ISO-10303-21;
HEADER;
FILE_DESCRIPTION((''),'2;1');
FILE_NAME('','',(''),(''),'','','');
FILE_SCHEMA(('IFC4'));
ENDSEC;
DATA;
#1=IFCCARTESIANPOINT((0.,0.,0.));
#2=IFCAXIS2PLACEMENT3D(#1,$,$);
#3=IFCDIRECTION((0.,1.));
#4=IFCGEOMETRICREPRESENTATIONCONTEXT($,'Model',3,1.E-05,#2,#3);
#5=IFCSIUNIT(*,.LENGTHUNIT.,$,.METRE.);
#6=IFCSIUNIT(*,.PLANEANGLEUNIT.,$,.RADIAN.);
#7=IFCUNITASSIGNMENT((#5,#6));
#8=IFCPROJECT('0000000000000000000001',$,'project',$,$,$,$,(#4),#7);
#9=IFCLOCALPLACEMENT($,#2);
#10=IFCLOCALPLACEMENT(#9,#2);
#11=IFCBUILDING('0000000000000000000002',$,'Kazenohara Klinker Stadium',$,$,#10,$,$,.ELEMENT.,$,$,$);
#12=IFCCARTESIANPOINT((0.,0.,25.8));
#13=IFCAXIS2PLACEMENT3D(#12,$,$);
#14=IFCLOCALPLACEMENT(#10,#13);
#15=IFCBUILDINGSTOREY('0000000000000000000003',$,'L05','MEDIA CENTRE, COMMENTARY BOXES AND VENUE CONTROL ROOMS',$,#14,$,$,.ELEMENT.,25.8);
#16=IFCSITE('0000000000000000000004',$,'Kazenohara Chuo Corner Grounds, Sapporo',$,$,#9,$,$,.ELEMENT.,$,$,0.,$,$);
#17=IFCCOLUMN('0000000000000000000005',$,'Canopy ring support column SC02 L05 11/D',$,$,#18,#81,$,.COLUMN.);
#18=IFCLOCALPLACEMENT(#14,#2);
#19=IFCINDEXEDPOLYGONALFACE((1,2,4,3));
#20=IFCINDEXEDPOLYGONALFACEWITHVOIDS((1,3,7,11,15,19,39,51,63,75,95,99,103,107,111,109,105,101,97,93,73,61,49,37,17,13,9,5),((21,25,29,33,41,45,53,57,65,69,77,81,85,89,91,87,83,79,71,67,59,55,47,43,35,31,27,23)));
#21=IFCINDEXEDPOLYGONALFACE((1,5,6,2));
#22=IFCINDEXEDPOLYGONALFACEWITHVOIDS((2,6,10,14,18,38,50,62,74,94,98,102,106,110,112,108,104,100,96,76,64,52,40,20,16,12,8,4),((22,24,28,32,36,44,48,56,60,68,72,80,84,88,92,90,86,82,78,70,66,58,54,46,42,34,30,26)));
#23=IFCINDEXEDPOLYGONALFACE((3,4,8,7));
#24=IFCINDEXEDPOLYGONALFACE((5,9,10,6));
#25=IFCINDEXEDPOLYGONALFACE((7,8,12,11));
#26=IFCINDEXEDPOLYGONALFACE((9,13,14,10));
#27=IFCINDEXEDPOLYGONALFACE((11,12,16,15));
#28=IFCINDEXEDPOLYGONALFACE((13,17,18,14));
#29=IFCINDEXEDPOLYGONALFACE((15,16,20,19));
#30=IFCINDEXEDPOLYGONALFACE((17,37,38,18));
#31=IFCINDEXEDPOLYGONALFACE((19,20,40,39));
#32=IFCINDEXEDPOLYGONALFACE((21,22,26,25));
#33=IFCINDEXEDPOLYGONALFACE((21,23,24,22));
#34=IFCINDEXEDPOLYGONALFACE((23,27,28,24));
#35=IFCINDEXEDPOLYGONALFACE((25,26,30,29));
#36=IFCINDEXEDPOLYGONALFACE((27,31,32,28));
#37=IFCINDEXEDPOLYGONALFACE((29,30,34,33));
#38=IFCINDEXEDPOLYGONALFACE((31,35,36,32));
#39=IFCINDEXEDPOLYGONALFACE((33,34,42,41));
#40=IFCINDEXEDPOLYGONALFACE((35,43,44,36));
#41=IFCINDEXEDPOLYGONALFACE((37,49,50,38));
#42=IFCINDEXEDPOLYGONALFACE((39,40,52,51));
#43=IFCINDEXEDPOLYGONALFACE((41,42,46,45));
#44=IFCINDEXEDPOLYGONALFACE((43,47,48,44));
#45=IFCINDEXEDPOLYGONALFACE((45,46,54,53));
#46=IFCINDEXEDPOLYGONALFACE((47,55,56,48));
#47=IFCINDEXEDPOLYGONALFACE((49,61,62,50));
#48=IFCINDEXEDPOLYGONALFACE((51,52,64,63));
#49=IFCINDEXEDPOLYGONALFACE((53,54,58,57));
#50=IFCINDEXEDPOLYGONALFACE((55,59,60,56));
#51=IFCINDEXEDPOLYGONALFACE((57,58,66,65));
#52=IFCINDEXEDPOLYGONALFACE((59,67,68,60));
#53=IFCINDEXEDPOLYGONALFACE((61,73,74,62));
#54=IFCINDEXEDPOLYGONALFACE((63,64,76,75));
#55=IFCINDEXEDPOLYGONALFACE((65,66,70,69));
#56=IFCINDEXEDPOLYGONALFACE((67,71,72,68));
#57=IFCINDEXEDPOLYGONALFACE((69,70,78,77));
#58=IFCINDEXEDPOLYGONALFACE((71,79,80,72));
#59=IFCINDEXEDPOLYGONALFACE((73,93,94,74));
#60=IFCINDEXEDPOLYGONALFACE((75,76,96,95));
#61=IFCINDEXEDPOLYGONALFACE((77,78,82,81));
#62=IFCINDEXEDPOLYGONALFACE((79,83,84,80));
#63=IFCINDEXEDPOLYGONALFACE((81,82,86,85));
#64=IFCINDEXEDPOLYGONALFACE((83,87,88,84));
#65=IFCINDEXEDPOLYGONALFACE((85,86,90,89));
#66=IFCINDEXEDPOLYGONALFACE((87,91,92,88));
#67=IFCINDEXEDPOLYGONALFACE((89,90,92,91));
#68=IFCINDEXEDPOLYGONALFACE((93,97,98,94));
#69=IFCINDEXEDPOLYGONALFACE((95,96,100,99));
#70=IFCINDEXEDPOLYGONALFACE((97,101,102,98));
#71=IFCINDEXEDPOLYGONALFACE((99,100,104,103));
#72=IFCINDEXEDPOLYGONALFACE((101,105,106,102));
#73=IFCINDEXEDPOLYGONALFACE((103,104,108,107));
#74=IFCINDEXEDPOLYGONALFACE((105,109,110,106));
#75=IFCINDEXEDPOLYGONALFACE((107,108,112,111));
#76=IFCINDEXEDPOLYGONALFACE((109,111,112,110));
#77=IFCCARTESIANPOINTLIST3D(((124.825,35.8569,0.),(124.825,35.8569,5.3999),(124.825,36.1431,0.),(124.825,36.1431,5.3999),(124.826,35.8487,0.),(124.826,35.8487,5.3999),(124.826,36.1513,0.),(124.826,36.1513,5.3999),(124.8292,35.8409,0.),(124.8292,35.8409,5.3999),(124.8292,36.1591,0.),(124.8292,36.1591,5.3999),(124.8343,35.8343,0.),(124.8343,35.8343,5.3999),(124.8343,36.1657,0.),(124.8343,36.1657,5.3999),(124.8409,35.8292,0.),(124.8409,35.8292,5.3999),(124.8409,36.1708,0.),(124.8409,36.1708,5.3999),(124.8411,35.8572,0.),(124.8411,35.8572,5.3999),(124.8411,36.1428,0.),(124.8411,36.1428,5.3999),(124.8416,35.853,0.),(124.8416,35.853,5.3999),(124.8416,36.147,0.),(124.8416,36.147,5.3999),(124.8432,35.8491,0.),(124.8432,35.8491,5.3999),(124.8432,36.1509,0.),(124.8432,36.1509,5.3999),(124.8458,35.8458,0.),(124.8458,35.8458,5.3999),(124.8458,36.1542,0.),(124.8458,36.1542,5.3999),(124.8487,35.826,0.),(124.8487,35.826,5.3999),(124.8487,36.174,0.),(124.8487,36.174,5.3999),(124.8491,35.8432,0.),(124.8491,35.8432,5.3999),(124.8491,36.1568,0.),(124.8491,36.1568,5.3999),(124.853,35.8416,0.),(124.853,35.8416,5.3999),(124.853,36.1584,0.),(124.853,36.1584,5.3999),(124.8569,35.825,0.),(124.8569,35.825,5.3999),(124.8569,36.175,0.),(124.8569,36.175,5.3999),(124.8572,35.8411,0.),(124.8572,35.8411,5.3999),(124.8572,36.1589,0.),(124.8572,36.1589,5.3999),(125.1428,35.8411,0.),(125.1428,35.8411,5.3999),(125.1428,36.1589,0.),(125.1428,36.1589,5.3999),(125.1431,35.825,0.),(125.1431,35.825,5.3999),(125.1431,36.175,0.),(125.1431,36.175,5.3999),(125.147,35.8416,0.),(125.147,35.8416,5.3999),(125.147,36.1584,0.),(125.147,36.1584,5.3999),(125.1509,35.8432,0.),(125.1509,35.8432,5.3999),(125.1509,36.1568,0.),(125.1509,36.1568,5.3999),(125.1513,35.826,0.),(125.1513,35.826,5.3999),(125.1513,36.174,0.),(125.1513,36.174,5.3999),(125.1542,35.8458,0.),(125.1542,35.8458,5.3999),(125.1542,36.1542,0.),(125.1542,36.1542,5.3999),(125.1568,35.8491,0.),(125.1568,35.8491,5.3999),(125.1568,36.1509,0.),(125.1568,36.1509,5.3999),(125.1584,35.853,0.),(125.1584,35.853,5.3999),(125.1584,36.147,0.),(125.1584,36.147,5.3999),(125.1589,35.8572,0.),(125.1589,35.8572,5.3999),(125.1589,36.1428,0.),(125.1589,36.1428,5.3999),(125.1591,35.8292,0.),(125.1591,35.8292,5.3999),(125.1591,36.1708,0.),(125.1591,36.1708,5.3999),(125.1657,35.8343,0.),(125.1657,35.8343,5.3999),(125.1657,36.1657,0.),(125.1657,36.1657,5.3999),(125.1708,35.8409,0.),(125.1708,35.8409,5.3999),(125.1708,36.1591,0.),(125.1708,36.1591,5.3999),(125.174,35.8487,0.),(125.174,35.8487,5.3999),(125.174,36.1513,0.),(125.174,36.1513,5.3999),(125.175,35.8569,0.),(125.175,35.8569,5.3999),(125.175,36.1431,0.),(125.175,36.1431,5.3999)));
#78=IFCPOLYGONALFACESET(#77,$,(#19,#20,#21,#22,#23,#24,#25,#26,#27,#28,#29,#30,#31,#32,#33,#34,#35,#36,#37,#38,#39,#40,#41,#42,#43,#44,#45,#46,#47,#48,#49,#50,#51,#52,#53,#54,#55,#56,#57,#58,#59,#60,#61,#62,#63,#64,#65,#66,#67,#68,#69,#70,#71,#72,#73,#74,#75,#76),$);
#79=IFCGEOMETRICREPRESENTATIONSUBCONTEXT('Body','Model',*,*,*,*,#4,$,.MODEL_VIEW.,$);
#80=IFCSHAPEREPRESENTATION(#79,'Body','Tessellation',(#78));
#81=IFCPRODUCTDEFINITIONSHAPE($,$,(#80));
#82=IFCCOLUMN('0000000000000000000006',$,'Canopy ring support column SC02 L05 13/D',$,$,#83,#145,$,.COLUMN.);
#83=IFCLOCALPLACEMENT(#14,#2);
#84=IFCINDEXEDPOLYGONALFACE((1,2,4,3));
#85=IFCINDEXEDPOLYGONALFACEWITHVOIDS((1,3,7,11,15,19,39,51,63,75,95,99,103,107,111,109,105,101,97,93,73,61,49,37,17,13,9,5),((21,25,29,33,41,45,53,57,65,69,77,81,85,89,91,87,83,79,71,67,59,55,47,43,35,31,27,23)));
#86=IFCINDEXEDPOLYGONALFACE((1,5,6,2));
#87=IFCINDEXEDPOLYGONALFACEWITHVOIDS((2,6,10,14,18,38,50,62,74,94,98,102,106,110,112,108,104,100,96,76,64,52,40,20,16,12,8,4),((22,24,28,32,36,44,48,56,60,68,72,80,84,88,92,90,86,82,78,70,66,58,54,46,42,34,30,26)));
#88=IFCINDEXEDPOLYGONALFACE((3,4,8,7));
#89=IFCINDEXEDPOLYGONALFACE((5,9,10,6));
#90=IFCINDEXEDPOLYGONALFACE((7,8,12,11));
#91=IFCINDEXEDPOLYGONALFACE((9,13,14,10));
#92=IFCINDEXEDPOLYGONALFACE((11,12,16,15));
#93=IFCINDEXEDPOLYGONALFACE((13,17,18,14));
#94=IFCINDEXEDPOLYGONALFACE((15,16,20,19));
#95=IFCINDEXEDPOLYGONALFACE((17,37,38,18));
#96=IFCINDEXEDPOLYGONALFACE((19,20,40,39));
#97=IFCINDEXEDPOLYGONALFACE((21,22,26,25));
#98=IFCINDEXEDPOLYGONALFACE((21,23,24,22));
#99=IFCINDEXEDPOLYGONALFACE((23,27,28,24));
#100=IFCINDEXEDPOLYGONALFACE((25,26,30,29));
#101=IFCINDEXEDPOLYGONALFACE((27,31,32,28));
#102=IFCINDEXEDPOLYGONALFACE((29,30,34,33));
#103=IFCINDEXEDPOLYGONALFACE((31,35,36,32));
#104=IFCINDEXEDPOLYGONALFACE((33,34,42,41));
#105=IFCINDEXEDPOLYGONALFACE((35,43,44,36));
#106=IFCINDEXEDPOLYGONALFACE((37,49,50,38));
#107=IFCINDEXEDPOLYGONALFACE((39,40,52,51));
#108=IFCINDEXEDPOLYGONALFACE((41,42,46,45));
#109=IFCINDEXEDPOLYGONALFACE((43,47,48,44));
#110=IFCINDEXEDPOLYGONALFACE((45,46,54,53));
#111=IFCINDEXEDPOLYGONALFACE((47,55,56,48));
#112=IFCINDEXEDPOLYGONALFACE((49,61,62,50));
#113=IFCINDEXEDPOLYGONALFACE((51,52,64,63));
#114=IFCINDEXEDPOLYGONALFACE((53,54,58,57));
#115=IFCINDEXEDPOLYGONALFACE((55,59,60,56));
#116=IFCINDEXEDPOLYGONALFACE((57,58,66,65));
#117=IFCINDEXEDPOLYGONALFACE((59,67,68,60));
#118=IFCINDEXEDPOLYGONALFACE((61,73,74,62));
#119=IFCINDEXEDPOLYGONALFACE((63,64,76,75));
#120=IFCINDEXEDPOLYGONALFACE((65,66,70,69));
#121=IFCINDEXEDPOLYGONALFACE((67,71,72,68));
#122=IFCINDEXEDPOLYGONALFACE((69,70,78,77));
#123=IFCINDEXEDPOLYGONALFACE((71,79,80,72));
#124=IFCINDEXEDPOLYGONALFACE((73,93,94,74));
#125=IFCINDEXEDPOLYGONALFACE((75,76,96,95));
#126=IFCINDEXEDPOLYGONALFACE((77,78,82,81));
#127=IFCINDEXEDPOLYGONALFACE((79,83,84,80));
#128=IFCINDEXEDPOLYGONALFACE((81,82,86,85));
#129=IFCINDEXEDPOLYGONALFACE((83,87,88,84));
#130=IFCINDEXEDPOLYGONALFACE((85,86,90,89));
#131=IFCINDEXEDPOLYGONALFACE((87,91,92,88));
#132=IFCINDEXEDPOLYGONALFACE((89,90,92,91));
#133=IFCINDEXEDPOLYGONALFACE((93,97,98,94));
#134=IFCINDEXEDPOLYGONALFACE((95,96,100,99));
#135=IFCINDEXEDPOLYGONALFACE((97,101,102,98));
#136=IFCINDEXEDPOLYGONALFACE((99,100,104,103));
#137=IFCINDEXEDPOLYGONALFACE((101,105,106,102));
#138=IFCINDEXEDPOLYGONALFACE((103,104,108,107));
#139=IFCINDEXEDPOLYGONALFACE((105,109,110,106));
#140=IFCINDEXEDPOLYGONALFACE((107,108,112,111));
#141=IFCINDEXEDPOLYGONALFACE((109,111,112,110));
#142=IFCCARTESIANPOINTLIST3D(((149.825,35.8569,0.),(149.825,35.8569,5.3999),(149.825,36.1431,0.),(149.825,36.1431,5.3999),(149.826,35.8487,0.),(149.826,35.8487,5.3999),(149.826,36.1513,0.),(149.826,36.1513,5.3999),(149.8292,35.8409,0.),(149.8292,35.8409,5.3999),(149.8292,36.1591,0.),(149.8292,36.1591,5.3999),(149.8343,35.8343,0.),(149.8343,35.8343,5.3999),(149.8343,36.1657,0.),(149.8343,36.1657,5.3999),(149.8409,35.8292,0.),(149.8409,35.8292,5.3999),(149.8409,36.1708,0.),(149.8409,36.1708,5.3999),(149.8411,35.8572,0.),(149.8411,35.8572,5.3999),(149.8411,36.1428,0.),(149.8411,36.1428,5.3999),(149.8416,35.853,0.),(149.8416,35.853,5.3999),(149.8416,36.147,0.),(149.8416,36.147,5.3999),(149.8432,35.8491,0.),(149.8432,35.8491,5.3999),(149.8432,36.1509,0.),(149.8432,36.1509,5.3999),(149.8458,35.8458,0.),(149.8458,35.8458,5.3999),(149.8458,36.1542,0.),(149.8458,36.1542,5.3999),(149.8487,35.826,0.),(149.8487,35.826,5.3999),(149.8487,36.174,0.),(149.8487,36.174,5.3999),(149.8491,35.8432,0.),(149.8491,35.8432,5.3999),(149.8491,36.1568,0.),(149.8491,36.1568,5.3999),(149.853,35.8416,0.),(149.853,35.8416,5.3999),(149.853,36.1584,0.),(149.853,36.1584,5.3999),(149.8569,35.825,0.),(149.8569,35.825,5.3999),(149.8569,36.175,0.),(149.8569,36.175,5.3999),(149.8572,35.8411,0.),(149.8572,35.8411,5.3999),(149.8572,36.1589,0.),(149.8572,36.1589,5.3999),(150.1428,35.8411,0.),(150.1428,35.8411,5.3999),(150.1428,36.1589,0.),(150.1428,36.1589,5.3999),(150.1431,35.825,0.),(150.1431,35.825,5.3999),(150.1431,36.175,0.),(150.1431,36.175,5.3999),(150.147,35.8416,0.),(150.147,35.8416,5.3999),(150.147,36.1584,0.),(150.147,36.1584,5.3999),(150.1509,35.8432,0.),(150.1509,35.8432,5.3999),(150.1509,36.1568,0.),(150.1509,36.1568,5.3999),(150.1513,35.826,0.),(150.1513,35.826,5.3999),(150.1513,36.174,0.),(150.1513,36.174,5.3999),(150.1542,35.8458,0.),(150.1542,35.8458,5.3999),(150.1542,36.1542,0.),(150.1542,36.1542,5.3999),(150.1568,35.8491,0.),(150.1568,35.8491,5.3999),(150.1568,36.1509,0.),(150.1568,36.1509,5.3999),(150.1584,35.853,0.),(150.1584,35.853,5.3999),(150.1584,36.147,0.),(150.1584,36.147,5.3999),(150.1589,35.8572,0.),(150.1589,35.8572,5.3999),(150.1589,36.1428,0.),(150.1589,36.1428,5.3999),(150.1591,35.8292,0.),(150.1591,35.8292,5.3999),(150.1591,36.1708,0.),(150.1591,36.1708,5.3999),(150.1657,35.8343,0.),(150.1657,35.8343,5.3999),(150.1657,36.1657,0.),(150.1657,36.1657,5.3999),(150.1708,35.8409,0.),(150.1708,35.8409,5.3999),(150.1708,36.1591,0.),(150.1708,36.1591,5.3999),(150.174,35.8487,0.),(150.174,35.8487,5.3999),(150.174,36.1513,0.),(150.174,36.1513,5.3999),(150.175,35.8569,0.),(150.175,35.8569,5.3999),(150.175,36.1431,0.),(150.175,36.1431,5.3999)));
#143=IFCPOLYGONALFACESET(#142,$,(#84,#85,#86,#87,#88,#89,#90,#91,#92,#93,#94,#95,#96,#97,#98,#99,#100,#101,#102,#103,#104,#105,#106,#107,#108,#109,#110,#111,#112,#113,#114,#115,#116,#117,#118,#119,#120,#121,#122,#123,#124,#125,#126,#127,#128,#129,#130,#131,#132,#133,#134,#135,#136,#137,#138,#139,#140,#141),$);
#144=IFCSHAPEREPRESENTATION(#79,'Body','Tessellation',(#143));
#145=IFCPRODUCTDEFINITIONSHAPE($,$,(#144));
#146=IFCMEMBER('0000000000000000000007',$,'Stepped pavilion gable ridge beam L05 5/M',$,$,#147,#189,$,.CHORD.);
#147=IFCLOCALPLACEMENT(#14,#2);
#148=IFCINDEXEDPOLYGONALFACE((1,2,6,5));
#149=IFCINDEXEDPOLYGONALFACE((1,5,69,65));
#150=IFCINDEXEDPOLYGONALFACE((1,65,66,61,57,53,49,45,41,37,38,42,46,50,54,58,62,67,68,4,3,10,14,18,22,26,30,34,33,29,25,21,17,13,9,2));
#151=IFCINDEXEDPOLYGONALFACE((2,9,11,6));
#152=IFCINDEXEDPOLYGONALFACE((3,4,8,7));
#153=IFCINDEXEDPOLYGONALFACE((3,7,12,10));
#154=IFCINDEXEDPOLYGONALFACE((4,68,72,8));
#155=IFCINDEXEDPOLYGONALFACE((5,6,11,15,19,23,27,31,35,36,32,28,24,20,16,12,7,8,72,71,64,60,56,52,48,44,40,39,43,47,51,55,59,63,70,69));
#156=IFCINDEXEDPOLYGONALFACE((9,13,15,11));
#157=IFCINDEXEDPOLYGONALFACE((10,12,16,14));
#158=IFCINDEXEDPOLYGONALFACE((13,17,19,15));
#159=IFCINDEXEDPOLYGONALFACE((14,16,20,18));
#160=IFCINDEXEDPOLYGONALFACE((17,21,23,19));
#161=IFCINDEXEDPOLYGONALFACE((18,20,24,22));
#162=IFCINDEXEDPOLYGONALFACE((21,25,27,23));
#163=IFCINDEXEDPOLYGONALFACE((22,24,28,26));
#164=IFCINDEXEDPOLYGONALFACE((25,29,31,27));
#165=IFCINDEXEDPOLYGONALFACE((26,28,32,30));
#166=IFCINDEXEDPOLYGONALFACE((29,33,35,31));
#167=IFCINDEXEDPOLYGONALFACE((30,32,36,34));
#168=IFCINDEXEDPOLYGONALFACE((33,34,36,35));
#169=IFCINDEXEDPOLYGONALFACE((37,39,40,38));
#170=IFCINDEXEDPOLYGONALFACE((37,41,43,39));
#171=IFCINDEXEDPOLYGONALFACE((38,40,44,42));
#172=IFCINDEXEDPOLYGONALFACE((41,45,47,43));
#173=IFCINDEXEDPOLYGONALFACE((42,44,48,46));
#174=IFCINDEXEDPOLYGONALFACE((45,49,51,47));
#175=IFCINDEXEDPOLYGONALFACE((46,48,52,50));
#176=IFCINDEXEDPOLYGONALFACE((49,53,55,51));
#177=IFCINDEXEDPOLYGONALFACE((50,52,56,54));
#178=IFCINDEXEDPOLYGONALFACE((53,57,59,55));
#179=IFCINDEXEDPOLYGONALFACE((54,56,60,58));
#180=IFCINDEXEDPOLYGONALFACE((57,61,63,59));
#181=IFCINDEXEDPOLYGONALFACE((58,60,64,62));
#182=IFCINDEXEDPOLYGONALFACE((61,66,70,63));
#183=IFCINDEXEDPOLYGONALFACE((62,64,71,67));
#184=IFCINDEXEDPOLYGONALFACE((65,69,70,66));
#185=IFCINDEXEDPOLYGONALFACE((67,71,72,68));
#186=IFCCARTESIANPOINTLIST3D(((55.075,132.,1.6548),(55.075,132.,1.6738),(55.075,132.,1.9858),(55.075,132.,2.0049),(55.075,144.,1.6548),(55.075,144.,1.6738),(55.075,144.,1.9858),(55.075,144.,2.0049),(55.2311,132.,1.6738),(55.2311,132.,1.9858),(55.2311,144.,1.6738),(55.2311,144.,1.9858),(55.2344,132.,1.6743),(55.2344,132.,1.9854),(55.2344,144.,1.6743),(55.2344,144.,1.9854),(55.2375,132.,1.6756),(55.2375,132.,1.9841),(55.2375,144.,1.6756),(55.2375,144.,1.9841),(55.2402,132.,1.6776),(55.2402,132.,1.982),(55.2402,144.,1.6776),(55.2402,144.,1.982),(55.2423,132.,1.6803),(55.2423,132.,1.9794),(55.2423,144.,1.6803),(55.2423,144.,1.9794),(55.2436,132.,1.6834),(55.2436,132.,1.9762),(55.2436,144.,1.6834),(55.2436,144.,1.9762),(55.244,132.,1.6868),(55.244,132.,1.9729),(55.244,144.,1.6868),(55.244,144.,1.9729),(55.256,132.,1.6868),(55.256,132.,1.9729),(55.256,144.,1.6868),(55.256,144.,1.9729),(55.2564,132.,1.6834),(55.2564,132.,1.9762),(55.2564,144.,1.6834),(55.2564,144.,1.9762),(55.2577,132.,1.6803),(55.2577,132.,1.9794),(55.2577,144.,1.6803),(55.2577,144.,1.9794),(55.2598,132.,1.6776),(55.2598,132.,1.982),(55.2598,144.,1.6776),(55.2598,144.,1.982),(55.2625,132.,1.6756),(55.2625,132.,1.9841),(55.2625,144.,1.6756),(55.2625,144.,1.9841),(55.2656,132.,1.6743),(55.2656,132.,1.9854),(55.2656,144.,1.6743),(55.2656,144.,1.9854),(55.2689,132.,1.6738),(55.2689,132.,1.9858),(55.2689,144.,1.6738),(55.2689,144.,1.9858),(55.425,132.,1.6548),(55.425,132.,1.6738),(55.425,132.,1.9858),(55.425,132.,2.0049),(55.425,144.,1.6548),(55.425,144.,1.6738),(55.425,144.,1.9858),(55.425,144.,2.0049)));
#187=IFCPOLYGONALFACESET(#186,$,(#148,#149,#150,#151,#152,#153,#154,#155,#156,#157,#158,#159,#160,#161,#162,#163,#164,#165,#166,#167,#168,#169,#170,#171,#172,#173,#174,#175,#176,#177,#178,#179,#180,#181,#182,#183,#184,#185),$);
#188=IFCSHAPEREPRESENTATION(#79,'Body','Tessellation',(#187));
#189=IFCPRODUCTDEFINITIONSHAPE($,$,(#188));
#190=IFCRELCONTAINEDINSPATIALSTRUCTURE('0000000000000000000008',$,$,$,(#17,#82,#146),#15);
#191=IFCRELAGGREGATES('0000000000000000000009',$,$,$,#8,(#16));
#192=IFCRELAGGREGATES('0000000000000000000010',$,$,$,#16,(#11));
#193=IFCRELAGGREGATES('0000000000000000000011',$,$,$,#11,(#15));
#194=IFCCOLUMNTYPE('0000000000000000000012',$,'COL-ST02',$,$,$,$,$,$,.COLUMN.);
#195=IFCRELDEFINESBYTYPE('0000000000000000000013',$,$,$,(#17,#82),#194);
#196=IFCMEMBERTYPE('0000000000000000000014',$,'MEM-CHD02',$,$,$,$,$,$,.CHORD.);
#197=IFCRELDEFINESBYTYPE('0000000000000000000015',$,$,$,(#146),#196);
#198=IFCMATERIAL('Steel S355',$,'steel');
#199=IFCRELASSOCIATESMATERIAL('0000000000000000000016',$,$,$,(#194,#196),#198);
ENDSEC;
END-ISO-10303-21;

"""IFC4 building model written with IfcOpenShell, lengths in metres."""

from ifc_helpers import new_model, si_unit, direction, frame, origin, origin_2d, place, context, subcontext, project, spatial, hollow_rectangle, i_section, extrude, material, material_profile, profile_set, type_object, element, save


model = new_model("IFC4")

# Units and contexts
model_context = context("Model", 3, precision=1e-05, world=origin(), true_north=direction((0.0, 1.0)))
body_context = subcontext(model_context, "Body", "Model", "MODEL_VIEW")
ifc_project = project(units=[si_unit("LENGTHUNIT", "METRE"), si_unit("PLANEANGLEUNIT", "RADIAN")], contexts=[model_context])

# Site, building, storey
site_placement = place(None, origin())
site = spatial("IfcSite", under=ifc_project, at=site_placement, Name="Kazenohara Chuo Corner Grounds, Sapporo", CompositionType="ELEMENT", RefElevation=0.0)
building_placement = place(site_placement, origin())
building = spatial("IfcBuilding", under=site, at=building_placement, Name="Kazenohara Klinker Stadium", CompositionType="ELEMENT")
storey_placement = place(building_placement, frame((0.0, 0.0, 25.8)))
storey = spatial("IfcBuildingStorey", under=building, at=storey_placement, Name="L05", Description="MEDIA CENTRE, COMMENTARY BOXES AND VENUE CONTROL ROOMS", CompositionType="ELEMENT", Elevation=25.8)

# Columns
ifc_material_1 = material(Name="Steel S355", Category="steel")
ifc_material_profile_1 = material_profile(ifc_material_1, hollow_rectangle(XDim=0.3501, YDim=0.3501, WallThickness=0.0161, InnerFilletRadius=0.0161, OuterFilletRadius=0.032, at=origin_2d()), Name="SHS-350x350x16")
ifc_profile_set_1 = profile_set([ifc_material_profile_1], Name="Steel S355")
column_type_1 = type_object("IfcColumnType", Name="COL-ST02", PredefinedType="COLUMN", material=ifc_profile_set_1)
for number, where, z_axis, x_axis, name in (
    (1, (125.0, 36.0, 0.0), (0.0, 0.0, 1.0), (1.0, 0.0, 0.0), "Canopy ring support column SC02 L05 11/D"),
    (2, (150.0, 36.0, 0.0), (0.0, 0.0, 1.0), (1.0, 0.0, 0.0), "Canopy ring support column SC02 L05 13/D"),
):
    element("IfcColumn", number, at=place(storey_placement, frame(where, z_axis=z_axis, x_axis=x_axis)), inside=storey, type_object=column_type_1, Name=name, PredefinedType="COLUMN", context=body_context, shape_type="SweptSolid", body=[
        extrude(hollow_rectangle(XDim=0.3501, YDim=0.3501, WallThickness=0.0161, InnerFilletRadius=0.0161, OuterFilletRadius=0.032, at=origin_2d()), origin(), (0.0, 0.0, 1.0), 5.3999),
    ])

# Member
ifc_material_profile_2 = material_profile(ifc_material_1, i_section(OverallWidth=0.3501, OverallDepth=0.3501, WebThickness=0.012, FlangeThickness=0.019, FilletRadius=0.0129, at=origin_2d()), Name="H-350x350x12x19")
ifc_profile_set_2 = profile_set([ifc_material_profile_2], Name="Steel S355")
member_type_1 = type_object("IfcMemberType", Name="MEM-CHD02", PredefinedType="CHORD", material=ifc_profile_set_2)
for number, where, z_axis, x_axis, name in (
    (3, (55.25, 132.0, 1.8298), (0.0, 1.0, 0.0), (-1.0, 0.0, 0.0), "Stepped pavilion gable ridge beam L05 5/M"),
):
    element("IfcMember", number, at=place(storey_placement, frame(where, z_axis=z_axis, x_axis=x_axis)), inside=storey, type_object=member_type_1, Name=name, PredefinedType="CHORD", context=body_context, shape_type="SweptSolid", body=[
        extrude(i_section(OverallWidth=0.3501, OverallDepth=0.3501, WebThickness=0.012, FlangeThickness=0.019, FilletRadius=0.0129, at=origin_2d()), origin(), (0.0, 0.0, 1.0), 12.0),
    ])

save(model, "model.ifc")
